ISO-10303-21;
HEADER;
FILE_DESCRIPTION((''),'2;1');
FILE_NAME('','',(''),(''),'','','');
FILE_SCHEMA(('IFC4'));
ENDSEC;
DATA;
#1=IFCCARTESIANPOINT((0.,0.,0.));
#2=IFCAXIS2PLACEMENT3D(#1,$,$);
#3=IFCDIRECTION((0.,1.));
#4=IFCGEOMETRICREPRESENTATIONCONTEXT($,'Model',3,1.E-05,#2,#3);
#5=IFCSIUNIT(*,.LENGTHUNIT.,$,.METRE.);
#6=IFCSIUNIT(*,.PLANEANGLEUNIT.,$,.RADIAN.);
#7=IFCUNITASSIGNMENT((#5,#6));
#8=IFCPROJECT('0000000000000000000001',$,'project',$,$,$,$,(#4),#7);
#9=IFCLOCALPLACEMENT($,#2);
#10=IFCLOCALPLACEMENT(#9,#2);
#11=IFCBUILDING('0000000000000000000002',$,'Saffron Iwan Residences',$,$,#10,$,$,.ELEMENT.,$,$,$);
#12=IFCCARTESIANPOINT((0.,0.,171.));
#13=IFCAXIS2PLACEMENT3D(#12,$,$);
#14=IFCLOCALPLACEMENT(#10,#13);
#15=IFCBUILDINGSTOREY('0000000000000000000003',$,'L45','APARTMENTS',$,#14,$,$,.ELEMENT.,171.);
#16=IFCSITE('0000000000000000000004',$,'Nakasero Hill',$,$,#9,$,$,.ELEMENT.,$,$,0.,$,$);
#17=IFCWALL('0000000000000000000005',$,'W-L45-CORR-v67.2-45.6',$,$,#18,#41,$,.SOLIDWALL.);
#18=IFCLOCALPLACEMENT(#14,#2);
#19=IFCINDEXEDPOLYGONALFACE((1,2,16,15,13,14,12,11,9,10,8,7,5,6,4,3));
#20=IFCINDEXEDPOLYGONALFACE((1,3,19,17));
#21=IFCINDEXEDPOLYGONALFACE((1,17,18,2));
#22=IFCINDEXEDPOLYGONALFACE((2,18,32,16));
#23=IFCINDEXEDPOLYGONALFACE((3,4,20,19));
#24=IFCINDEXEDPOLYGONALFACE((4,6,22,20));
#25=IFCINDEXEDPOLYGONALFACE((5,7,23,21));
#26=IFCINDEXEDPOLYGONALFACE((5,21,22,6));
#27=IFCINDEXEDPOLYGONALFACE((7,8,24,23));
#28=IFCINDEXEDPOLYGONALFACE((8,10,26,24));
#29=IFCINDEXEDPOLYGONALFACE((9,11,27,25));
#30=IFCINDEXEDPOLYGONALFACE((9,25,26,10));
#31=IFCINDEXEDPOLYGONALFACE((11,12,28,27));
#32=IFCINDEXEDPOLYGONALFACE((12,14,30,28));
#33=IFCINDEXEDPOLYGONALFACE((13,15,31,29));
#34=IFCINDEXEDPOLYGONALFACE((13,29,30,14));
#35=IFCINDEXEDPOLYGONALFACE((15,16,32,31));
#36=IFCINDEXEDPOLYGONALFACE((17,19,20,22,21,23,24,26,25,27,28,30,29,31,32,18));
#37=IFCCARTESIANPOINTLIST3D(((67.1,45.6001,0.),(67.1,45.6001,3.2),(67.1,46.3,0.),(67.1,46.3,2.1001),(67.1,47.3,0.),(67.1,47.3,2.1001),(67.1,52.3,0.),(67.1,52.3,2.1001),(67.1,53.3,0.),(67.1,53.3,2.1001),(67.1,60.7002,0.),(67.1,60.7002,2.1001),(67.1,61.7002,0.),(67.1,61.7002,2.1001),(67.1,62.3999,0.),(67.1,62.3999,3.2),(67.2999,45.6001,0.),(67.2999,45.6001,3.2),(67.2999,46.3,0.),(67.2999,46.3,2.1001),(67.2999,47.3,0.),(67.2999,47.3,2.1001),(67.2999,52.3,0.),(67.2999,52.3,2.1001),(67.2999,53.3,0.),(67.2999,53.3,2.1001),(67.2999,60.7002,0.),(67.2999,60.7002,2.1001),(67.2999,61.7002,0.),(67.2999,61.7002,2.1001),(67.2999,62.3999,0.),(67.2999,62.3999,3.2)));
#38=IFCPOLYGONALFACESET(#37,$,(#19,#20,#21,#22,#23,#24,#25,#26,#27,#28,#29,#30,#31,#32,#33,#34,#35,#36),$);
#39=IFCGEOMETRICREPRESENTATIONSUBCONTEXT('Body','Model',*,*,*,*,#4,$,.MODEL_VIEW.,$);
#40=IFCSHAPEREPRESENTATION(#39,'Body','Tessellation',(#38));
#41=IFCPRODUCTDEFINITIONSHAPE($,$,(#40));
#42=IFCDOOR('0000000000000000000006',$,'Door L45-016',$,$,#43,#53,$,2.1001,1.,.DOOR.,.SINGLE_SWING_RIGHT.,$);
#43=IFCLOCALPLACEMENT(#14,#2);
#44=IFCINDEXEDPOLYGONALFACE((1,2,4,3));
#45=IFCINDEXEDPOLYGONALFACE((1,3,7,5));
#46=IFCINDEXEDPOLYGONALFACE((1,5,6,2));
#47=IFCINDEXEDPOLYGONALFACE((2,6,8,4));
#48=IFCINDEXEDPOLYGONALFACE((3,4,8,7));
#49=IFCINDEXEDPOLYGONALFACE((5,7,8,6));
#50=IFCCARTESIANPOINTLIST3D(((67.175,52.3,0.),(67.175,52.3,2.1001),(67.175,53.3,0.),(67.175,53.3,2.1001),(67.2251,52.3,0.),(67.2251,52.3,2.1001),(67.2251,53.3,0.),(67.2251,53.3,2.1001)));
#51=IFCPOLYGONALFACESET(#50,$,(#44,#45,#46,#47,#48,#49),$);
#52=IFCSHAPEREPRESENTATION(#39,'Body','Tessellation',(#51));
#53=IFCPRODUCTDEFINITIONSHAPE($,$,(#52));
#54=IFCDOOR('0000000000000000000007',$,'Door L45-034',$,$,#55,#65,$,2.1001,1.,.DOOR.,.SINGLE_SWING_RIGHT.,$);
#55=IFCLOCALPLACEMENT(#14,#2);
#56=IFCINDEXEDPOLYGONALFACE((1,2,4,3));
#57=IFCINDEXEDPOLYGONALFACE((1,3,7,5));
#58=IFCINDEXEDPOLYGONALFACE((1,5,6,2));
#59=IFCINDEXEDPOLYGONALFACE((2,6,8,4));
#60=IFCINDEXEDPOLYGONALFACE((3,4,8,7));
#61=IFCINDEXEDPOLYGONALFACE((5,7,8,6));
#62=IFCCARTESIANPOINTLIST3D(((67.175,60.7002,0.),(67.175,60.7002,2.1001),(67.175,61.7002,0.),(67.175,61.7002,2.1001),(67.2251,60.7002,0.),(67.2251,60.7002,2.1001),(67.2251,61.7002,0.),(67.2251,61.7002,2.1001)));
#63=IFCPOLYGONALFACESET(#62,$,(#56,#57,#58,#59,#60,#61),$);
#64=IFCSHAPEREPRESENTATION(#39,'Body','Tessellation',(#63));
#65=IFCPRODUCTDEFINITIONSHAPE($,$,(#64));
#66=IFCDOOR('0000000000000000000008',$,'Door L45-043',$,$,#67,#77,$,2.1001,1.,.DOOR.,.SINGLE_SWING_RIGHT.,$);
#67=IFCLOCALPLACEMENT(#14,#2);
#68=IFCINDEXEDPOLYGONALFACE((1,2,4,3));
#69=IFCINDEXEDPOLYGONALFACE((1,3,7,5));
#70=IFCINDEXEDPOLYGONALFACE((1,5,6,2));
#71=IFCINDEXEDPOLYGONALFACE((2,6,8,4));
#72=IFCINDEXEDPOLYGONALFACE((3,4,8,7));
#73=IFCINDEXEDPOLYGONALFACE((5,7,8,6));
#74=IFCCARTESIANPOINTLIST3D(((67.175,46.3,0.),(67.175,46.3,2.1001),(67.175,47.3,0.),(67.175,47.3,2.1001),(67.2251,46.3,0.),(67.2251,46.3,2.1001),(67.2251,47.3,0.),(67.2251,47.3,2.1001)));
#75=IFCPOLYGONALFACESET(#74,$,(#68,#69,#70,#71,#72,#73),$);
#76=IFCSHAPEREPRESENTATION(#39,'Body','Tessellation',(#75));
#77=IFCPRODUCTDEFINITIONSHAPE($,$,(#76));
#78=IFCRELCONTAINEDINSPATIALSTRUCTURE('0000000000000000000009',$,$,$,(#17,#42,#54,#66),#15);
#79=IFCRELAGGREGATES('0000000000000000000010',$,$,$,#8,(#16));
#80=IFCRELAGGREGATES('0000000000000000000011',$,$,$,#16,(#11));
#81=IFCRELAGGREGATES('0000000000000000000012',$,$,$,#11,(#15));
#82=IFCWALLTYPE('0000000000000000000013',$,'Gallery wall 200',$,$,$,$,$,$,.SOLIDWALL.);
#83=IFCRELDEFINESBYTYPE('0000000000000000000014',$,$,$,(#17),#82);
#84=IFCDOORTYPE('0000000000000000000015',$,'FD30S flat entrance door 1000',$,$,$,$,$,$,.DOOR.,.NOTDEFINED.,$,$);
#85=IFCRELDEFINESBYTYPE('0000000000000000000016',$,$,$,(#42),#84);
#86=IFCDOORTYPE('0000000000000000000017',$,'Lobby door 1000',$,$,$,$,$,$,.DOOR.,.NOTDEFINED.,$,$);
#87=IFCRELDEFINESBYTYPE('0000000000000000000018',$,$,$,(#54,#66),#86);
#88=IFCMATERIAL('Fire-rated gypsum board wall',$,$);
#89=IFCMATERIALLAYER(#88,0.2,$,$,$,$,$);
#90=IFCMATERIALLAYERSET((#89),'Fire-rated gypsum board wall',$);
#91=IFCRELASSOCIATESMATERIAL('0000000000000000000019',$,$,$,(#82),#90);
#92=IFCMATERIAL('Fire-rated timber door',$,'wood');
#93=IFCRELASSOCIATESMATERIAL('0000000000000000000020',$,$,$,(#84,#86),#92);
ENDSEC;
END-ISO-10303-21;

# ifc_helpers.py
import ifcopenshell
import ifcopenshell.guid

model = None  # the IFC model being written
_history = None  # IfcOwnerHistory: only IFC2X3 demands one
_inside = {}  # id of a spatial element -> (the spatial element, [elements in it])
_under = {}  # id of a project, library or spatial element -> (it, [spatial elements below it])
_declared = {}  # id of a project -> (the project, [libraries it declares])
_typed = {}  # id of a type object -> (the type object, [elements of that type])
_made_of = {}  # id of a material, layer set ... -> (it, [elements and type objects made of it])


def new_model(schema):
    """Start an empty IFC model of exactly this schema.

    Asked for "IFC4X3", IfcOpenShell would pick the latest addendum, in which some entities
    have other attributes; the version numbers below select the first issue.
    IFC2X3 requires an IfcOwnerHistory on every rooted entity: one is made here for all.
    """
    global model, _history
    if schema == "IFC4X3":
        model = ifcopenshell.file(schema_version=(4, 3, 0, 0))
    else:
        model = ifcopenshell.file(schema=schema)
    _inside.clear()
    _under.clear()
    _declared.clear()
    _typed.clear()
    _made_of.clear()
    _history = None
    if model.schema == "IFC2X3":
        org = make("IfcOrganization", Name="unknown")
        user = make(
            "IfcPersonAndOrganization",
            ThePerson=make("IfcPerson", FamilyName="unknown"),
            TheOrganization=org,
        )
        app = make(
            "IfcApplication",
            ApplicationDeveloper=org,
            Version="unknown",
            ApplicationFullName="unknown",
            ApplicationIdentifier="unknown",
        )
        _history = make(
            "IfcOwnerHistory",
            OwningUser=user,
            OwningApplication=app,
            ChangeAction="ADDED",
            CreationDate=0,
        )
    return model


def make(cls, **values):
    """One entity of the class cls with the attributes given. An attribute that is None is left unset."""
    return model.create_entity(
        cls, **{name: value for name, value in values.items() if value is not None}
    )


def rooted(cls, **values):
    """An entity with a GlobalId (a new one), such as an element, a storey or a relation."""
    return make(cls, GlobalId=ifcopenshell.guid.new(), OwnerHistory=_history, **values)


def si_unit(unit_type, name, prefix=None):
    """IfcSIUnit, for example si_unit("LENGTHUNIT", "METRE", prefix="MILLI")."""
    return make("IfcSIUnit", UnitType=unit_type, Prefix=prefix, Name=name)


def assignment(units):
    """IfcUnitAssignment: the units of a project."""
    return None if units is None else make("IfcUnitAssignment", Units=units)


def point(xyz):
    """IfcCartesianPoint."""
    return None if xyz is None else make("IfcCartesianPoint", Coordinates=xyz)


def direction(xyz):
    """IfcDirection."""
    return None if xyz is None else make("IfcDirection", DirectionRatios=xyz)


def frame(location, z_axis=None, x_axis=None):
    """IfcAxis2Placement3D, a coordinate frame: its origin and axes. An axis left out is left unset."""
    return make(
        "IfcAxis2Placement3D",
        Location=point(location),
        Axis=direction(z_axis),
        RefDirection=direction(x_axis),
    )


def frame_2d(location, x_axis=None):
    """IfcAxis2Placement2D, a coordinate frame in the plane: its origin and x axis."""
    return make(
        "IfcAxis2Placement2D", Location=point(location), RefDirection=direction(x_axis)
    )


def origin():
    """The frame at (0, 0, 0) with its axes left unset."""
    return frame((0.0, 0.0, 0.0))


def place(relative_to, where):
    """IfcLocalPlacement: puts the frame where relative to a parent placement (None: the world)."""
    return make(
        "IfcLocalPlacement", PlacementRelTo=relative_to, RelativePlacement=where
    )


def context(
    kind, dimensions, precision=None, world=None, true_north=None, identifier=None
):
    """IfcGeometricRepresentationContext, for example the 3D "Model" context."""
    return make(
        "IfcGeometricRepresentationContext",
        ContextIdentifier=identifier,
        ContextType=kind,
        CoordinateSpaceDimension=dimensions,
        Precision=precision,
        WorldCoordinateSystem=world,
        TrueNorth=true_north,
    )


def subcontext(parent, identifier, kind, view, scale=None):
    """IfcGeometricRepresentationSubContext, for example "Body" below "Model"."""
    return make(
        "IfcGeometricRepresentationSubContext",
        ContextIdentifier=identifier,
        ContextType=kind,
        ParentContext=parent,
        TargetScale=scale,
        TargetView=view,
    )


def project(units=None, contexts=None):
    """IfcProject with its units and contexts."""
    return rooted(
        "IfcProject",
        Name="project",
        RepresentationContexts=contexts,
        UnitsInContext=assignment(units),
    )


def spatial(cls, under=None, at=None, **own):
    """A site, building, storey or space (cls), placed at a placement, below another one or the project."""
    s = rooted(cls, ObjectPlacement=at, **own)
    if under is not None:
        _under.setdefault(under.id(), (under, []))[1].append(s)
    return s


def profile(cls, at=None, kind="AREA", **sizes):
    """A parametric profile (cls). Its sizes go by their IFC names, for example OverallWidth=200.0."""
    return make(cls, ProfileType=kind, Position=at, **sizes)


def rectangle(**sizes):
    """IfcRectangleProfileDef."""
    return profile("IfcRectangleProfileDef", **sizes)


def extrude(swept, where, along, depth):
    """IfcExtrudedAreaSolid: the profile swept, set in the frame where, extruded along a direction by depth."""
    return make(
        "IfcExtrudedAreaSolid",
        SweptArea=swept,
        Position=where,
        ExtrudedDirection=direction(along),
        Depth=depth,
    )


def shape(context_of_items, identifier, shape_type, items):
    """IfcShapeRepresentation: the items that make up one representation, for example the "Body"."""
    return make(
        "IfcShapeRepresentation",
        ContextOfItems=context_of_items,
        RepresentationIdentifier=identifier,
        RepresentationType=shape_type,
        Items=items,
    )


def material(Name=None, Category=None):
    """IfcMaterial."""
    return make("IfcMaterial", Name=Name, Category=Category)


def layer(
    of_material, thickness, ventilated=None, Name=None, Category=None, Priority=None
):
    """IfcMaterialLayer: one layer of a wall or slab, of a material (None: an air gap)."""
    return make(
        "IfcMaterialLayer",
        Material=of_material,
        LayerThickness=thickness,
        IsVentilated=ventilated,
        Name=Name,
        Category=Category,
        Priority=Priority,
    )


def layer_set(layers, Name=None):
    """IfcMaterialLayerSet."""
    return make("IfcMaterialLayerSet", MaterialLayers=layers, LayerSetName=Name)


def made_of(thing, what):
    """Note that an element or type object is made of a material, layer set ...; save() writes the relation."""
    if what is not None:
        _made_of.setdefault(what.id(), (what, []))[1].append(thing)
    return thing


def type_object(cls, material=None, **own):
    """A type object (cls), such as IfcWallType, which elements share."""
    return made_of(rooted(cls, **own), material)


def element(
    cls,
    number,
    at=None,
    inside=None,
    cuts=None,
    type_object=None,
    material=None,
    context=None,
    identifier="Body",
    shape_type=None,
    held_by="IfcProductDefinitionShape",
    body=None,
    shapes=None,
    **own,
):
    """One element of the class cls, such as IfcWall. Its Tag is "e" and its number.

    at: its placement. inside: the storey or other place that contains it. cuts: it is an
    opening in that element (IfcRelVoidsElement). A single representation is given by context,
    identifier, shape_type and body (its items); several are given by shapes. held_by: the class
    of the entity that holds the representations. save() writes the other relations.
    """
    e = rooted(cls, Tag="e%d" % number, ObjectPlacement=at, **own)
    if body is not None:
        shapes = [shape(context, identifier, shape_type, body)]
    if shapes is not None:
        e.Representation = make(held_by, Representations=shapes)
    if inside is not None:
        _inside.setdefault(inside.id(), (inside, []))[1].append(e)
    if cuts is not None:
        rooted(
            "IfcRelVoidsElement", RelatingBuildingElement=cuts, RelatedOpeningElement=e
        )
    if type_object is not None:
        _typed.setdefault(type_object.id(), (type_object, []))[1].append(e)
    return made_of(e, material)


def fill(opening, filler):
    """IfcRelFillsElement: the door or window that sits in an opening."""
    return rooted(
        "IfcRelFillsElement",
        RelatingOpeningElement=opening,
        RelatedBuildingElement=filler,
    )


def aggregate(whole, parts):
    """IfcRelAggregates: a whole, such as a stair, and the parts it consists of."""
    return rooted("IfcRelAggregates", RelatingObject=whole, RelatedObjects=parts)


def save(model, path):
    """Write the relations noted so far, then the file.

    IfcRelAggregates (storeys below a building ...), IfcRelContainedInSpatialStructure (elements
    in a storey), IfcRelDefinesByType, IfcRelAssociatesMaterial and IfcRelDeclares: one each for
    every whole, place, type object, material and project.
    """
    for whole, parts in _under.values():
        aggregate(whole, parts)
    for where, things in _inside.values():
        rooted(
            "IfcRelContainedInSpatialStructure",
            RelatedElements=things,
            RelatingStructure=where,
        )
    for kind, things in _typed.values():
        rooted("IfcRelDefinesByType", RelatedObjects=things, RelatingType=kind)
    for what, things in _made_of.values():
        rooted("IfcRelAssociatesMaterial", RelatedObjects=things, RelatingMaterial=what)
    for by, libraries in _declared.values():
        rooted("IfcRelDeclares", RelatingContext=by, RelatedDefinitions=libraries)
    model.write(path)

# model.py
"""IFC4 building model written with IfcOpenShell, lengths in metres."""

from ifc_helpers import new_model, si_unit, direction, frame, frame_2d, origin, place, context, subcontext, project, spatial, rectangle, extrude, material, layer, layer_set, type_object, element, fill, save


model = new_model("IFC4")

# Units and contexts
model_context = context("Model", 3, precision=1e-05, world=origin(), true_north=direction((0.0, 1.0)))
body_context = subcontext(model_context, "Body", "Model", "MODEL_VIEW")
ifc_project = project(units=[si_unit("LENGTHUNIT", "METRE"), si_unit("PLANEANGLEUNIT", "RADIAN")], contexts=[model_context])

# Site, building, storey
site_placement = place(None, origin())
site = spatial("IfcSite", under=ifc_project, at=site_placement, Name="Nakasero Hill", CompositionType="ELEMENT", RefElevation=0.0)
building_placement = place(site_placement, origin())
building = spatial("IfcBuilding", under=site, at=building_placement, Name="Saffron Iwan Residences", CompositionType="ELEMENT")
storey_placement = place(building_placement, frame((0.0, 0.0, 171.0)))
storey = spatial("IfcBuildingStorey", under=building, at=storey_placement, Name="L45", Description="APARTMENTS", CompositionType="ELEMENT", Elevation=171.0)

# Shared definitions
ifc_material_1 = material(Name="Fire-rated gypsum board wall")

# Shared definitions
ifc_layer_1 = layer(ifc_material_1, 0.2)
ifc_layer_set_1 = layer_set([ifc_layer_1], Name="Fire-rated gypsum board wall")
wall_type_1 = type_object("IfcWallType", Name="Gallery wall 200", PredefinedType="SOLIDWALL", material=ifc_layer_set_1)

# Wall, openings, doors
wall_1_placement = place(storey_placement, frame((67.2, 45.6001, 0.0), z_axis=(0.0, 0.0, 1.0), x_axis=(0.0, 1.0, 0.0)))
wall_1 = element("IfcWall", 1, at=wall_1_placement, inside=storey, type_object=wall_type_1, Name="W-L45-CORR-v67.2-45.6", PredefinedType="SOLIDWALL", context=body_context, shape_type="SweptSolid", body=[
    extrude(rectangle(XDim=16.7998, YDim=0.2, at=frame_2d((8.3999, 0.0))), origin(), (0.0, 0.0, 1.0), 3.2),
])
opening_1_placement = place(wall_1_placement, frame((6.7, 0.0, 0.0)))
opening_1 = element("IfcOpeningElement", 2, at=opening_1_placement, cuts=wall_1, PredefinedType="OPENING", context=body_context, shape_type="SweptSolid", body=[
    extrude(rectangle(XDim=1.0, YDim=2.1001, at=frame_2d((0.5, 1.05))), frame((0.0, 0.1099, 0.0), z_axis=(0.0, -1.0, 0.0), x_axis=(1.0, 0.0, 0.0)), (0.0, 0.0, 1.0), 0.22),
])
opening_2_placement = place(wall_1_placement, frame((15.1001, 0.0, 0.0)))
opening_2 = element("IfcOpeningElement", 3, at=opening_2_placement, cuts=wall_1, PredefinedType="OPENING", context=body_context, shape_type="SweptSolid", body=[
    extrude(rectangle(XDim=1.0, YDim=2.1001, at=frame_2d((0.5, 1.05))), frame((0.0, 0.1099, 0.0), z_axis=(0.0, -1.0, 0.0), x_axis=(1.0, 0.0, 0.0)), (0.0, 0.0, 1.0), 0.22),
])
opening_3_placement = place(wall_1_placement, frame((0.7, 0.0, 0.0)))
opening_3 = element("IfcOpeningElement", 4, at=opening_3_placement, cuts=wall_1, PredefinedType="OPENING", context=body_context, shape_type="SweptSolid", body=[
    extrude(rectangle(XDim=1.0, YDim=2.1001, at=frame_2d((0.5, 1.05))), frame((0.0, 0.1099, 0.0), z_axis=(0.0, -1.0, 0.0), x_axis=(1.0, 0.0, 0.0)), (0.0, 0.0, 1.0), 0.22),
])
ifc_material_2 = material(Name="Fire-rated timber door", Category="wood")
door_type_1 = type_object("IfcDoorType", Name="FD30S flat entrance door 1000", OperationType="NOTDEFINED", PredefinedType="DOOR", material=ifc_material_2)
door_1_placement = place(opening_1_placement, origin())
door_1 = element("IfcDoor", 5, at=door_1_placement, inside=storey, type_object=door_type_1, Name="Door L45-016", OperationType="SINGLE_SWING_RIGHT", OverallHeight=2.1001, OverallWidth=1.0, PredefinedType="DOOR", context=body_context, shape_type="SweptSolid", body=[
    extrude(rectangle(XDim=1.0, YDim=2.1001, at=frame_2d((0.5, 1.05))), frame((0.0, 0.0249, 0.0), z_axis=(0.0, -1.0, 0.0), x_axis=(1.0, 0.0, 0.0)), (0.0, 0.0, 1.0), 0.05),
])
fill(opening_1, door_1)
door_type_2 = type_object("IfcDoorType", Name="Lobby door 1000", OperationType="NOTDEFINED", PredefinedType="DOOR", material=ifc_material_2)
door_2_placement = place(opening_2_placement, origin())
door_2 = element("IfcDoor", 6, at=door_2_placement, inside=storey, type_object=door_type_2, Name="Door L45-034", OperationType="SINGLE_SWING_RIGHT", OverallHeight=2.1001, OverallWidth=1.0, PredefinedType="DOOR", context=body_context, shape_type="SweptSolid", body=[
    extrude(rectangle(XDim=1.0, YDim=2.1001, at=frame_2d((0.5, 1.05))), frame((0.0, 0.0249, 0.0), z_axis=(0.0, -1.0, 0.0), x_axis=(1.0, 0.0, 0.0)), (0.0, 0.0, 1.0), 0.05),
])
fill(opening_2, door_2)
door_3_placement = place(opening_3_placement, origin())
door_3 = element("IfcDoor", 7, at=door_3_placement, inside=storey, type_object=door_type_2, Name="Door L45-043", OperationType="SINGLE_SWING_RIGHT", OverallHeight=2.1001, OverallWidth=1.0, PredefinedType="DOOR", context=body_context, shape_type="SweptSolid", body=[
    extrude(rectangle(XDim=1.0, YDim=2.1001, at=frame_2d((0.5, 1.05))), frame((0.0, 0.0249, 0.0), z_axis=(0.0, -1.0, 0.0), x_axis=(1.0, 0.0, 0.0)), (0.0, 0.0, 1.0), 0.05),
])
fill(opening_3, door_3)

save(model, "model.ifc")
